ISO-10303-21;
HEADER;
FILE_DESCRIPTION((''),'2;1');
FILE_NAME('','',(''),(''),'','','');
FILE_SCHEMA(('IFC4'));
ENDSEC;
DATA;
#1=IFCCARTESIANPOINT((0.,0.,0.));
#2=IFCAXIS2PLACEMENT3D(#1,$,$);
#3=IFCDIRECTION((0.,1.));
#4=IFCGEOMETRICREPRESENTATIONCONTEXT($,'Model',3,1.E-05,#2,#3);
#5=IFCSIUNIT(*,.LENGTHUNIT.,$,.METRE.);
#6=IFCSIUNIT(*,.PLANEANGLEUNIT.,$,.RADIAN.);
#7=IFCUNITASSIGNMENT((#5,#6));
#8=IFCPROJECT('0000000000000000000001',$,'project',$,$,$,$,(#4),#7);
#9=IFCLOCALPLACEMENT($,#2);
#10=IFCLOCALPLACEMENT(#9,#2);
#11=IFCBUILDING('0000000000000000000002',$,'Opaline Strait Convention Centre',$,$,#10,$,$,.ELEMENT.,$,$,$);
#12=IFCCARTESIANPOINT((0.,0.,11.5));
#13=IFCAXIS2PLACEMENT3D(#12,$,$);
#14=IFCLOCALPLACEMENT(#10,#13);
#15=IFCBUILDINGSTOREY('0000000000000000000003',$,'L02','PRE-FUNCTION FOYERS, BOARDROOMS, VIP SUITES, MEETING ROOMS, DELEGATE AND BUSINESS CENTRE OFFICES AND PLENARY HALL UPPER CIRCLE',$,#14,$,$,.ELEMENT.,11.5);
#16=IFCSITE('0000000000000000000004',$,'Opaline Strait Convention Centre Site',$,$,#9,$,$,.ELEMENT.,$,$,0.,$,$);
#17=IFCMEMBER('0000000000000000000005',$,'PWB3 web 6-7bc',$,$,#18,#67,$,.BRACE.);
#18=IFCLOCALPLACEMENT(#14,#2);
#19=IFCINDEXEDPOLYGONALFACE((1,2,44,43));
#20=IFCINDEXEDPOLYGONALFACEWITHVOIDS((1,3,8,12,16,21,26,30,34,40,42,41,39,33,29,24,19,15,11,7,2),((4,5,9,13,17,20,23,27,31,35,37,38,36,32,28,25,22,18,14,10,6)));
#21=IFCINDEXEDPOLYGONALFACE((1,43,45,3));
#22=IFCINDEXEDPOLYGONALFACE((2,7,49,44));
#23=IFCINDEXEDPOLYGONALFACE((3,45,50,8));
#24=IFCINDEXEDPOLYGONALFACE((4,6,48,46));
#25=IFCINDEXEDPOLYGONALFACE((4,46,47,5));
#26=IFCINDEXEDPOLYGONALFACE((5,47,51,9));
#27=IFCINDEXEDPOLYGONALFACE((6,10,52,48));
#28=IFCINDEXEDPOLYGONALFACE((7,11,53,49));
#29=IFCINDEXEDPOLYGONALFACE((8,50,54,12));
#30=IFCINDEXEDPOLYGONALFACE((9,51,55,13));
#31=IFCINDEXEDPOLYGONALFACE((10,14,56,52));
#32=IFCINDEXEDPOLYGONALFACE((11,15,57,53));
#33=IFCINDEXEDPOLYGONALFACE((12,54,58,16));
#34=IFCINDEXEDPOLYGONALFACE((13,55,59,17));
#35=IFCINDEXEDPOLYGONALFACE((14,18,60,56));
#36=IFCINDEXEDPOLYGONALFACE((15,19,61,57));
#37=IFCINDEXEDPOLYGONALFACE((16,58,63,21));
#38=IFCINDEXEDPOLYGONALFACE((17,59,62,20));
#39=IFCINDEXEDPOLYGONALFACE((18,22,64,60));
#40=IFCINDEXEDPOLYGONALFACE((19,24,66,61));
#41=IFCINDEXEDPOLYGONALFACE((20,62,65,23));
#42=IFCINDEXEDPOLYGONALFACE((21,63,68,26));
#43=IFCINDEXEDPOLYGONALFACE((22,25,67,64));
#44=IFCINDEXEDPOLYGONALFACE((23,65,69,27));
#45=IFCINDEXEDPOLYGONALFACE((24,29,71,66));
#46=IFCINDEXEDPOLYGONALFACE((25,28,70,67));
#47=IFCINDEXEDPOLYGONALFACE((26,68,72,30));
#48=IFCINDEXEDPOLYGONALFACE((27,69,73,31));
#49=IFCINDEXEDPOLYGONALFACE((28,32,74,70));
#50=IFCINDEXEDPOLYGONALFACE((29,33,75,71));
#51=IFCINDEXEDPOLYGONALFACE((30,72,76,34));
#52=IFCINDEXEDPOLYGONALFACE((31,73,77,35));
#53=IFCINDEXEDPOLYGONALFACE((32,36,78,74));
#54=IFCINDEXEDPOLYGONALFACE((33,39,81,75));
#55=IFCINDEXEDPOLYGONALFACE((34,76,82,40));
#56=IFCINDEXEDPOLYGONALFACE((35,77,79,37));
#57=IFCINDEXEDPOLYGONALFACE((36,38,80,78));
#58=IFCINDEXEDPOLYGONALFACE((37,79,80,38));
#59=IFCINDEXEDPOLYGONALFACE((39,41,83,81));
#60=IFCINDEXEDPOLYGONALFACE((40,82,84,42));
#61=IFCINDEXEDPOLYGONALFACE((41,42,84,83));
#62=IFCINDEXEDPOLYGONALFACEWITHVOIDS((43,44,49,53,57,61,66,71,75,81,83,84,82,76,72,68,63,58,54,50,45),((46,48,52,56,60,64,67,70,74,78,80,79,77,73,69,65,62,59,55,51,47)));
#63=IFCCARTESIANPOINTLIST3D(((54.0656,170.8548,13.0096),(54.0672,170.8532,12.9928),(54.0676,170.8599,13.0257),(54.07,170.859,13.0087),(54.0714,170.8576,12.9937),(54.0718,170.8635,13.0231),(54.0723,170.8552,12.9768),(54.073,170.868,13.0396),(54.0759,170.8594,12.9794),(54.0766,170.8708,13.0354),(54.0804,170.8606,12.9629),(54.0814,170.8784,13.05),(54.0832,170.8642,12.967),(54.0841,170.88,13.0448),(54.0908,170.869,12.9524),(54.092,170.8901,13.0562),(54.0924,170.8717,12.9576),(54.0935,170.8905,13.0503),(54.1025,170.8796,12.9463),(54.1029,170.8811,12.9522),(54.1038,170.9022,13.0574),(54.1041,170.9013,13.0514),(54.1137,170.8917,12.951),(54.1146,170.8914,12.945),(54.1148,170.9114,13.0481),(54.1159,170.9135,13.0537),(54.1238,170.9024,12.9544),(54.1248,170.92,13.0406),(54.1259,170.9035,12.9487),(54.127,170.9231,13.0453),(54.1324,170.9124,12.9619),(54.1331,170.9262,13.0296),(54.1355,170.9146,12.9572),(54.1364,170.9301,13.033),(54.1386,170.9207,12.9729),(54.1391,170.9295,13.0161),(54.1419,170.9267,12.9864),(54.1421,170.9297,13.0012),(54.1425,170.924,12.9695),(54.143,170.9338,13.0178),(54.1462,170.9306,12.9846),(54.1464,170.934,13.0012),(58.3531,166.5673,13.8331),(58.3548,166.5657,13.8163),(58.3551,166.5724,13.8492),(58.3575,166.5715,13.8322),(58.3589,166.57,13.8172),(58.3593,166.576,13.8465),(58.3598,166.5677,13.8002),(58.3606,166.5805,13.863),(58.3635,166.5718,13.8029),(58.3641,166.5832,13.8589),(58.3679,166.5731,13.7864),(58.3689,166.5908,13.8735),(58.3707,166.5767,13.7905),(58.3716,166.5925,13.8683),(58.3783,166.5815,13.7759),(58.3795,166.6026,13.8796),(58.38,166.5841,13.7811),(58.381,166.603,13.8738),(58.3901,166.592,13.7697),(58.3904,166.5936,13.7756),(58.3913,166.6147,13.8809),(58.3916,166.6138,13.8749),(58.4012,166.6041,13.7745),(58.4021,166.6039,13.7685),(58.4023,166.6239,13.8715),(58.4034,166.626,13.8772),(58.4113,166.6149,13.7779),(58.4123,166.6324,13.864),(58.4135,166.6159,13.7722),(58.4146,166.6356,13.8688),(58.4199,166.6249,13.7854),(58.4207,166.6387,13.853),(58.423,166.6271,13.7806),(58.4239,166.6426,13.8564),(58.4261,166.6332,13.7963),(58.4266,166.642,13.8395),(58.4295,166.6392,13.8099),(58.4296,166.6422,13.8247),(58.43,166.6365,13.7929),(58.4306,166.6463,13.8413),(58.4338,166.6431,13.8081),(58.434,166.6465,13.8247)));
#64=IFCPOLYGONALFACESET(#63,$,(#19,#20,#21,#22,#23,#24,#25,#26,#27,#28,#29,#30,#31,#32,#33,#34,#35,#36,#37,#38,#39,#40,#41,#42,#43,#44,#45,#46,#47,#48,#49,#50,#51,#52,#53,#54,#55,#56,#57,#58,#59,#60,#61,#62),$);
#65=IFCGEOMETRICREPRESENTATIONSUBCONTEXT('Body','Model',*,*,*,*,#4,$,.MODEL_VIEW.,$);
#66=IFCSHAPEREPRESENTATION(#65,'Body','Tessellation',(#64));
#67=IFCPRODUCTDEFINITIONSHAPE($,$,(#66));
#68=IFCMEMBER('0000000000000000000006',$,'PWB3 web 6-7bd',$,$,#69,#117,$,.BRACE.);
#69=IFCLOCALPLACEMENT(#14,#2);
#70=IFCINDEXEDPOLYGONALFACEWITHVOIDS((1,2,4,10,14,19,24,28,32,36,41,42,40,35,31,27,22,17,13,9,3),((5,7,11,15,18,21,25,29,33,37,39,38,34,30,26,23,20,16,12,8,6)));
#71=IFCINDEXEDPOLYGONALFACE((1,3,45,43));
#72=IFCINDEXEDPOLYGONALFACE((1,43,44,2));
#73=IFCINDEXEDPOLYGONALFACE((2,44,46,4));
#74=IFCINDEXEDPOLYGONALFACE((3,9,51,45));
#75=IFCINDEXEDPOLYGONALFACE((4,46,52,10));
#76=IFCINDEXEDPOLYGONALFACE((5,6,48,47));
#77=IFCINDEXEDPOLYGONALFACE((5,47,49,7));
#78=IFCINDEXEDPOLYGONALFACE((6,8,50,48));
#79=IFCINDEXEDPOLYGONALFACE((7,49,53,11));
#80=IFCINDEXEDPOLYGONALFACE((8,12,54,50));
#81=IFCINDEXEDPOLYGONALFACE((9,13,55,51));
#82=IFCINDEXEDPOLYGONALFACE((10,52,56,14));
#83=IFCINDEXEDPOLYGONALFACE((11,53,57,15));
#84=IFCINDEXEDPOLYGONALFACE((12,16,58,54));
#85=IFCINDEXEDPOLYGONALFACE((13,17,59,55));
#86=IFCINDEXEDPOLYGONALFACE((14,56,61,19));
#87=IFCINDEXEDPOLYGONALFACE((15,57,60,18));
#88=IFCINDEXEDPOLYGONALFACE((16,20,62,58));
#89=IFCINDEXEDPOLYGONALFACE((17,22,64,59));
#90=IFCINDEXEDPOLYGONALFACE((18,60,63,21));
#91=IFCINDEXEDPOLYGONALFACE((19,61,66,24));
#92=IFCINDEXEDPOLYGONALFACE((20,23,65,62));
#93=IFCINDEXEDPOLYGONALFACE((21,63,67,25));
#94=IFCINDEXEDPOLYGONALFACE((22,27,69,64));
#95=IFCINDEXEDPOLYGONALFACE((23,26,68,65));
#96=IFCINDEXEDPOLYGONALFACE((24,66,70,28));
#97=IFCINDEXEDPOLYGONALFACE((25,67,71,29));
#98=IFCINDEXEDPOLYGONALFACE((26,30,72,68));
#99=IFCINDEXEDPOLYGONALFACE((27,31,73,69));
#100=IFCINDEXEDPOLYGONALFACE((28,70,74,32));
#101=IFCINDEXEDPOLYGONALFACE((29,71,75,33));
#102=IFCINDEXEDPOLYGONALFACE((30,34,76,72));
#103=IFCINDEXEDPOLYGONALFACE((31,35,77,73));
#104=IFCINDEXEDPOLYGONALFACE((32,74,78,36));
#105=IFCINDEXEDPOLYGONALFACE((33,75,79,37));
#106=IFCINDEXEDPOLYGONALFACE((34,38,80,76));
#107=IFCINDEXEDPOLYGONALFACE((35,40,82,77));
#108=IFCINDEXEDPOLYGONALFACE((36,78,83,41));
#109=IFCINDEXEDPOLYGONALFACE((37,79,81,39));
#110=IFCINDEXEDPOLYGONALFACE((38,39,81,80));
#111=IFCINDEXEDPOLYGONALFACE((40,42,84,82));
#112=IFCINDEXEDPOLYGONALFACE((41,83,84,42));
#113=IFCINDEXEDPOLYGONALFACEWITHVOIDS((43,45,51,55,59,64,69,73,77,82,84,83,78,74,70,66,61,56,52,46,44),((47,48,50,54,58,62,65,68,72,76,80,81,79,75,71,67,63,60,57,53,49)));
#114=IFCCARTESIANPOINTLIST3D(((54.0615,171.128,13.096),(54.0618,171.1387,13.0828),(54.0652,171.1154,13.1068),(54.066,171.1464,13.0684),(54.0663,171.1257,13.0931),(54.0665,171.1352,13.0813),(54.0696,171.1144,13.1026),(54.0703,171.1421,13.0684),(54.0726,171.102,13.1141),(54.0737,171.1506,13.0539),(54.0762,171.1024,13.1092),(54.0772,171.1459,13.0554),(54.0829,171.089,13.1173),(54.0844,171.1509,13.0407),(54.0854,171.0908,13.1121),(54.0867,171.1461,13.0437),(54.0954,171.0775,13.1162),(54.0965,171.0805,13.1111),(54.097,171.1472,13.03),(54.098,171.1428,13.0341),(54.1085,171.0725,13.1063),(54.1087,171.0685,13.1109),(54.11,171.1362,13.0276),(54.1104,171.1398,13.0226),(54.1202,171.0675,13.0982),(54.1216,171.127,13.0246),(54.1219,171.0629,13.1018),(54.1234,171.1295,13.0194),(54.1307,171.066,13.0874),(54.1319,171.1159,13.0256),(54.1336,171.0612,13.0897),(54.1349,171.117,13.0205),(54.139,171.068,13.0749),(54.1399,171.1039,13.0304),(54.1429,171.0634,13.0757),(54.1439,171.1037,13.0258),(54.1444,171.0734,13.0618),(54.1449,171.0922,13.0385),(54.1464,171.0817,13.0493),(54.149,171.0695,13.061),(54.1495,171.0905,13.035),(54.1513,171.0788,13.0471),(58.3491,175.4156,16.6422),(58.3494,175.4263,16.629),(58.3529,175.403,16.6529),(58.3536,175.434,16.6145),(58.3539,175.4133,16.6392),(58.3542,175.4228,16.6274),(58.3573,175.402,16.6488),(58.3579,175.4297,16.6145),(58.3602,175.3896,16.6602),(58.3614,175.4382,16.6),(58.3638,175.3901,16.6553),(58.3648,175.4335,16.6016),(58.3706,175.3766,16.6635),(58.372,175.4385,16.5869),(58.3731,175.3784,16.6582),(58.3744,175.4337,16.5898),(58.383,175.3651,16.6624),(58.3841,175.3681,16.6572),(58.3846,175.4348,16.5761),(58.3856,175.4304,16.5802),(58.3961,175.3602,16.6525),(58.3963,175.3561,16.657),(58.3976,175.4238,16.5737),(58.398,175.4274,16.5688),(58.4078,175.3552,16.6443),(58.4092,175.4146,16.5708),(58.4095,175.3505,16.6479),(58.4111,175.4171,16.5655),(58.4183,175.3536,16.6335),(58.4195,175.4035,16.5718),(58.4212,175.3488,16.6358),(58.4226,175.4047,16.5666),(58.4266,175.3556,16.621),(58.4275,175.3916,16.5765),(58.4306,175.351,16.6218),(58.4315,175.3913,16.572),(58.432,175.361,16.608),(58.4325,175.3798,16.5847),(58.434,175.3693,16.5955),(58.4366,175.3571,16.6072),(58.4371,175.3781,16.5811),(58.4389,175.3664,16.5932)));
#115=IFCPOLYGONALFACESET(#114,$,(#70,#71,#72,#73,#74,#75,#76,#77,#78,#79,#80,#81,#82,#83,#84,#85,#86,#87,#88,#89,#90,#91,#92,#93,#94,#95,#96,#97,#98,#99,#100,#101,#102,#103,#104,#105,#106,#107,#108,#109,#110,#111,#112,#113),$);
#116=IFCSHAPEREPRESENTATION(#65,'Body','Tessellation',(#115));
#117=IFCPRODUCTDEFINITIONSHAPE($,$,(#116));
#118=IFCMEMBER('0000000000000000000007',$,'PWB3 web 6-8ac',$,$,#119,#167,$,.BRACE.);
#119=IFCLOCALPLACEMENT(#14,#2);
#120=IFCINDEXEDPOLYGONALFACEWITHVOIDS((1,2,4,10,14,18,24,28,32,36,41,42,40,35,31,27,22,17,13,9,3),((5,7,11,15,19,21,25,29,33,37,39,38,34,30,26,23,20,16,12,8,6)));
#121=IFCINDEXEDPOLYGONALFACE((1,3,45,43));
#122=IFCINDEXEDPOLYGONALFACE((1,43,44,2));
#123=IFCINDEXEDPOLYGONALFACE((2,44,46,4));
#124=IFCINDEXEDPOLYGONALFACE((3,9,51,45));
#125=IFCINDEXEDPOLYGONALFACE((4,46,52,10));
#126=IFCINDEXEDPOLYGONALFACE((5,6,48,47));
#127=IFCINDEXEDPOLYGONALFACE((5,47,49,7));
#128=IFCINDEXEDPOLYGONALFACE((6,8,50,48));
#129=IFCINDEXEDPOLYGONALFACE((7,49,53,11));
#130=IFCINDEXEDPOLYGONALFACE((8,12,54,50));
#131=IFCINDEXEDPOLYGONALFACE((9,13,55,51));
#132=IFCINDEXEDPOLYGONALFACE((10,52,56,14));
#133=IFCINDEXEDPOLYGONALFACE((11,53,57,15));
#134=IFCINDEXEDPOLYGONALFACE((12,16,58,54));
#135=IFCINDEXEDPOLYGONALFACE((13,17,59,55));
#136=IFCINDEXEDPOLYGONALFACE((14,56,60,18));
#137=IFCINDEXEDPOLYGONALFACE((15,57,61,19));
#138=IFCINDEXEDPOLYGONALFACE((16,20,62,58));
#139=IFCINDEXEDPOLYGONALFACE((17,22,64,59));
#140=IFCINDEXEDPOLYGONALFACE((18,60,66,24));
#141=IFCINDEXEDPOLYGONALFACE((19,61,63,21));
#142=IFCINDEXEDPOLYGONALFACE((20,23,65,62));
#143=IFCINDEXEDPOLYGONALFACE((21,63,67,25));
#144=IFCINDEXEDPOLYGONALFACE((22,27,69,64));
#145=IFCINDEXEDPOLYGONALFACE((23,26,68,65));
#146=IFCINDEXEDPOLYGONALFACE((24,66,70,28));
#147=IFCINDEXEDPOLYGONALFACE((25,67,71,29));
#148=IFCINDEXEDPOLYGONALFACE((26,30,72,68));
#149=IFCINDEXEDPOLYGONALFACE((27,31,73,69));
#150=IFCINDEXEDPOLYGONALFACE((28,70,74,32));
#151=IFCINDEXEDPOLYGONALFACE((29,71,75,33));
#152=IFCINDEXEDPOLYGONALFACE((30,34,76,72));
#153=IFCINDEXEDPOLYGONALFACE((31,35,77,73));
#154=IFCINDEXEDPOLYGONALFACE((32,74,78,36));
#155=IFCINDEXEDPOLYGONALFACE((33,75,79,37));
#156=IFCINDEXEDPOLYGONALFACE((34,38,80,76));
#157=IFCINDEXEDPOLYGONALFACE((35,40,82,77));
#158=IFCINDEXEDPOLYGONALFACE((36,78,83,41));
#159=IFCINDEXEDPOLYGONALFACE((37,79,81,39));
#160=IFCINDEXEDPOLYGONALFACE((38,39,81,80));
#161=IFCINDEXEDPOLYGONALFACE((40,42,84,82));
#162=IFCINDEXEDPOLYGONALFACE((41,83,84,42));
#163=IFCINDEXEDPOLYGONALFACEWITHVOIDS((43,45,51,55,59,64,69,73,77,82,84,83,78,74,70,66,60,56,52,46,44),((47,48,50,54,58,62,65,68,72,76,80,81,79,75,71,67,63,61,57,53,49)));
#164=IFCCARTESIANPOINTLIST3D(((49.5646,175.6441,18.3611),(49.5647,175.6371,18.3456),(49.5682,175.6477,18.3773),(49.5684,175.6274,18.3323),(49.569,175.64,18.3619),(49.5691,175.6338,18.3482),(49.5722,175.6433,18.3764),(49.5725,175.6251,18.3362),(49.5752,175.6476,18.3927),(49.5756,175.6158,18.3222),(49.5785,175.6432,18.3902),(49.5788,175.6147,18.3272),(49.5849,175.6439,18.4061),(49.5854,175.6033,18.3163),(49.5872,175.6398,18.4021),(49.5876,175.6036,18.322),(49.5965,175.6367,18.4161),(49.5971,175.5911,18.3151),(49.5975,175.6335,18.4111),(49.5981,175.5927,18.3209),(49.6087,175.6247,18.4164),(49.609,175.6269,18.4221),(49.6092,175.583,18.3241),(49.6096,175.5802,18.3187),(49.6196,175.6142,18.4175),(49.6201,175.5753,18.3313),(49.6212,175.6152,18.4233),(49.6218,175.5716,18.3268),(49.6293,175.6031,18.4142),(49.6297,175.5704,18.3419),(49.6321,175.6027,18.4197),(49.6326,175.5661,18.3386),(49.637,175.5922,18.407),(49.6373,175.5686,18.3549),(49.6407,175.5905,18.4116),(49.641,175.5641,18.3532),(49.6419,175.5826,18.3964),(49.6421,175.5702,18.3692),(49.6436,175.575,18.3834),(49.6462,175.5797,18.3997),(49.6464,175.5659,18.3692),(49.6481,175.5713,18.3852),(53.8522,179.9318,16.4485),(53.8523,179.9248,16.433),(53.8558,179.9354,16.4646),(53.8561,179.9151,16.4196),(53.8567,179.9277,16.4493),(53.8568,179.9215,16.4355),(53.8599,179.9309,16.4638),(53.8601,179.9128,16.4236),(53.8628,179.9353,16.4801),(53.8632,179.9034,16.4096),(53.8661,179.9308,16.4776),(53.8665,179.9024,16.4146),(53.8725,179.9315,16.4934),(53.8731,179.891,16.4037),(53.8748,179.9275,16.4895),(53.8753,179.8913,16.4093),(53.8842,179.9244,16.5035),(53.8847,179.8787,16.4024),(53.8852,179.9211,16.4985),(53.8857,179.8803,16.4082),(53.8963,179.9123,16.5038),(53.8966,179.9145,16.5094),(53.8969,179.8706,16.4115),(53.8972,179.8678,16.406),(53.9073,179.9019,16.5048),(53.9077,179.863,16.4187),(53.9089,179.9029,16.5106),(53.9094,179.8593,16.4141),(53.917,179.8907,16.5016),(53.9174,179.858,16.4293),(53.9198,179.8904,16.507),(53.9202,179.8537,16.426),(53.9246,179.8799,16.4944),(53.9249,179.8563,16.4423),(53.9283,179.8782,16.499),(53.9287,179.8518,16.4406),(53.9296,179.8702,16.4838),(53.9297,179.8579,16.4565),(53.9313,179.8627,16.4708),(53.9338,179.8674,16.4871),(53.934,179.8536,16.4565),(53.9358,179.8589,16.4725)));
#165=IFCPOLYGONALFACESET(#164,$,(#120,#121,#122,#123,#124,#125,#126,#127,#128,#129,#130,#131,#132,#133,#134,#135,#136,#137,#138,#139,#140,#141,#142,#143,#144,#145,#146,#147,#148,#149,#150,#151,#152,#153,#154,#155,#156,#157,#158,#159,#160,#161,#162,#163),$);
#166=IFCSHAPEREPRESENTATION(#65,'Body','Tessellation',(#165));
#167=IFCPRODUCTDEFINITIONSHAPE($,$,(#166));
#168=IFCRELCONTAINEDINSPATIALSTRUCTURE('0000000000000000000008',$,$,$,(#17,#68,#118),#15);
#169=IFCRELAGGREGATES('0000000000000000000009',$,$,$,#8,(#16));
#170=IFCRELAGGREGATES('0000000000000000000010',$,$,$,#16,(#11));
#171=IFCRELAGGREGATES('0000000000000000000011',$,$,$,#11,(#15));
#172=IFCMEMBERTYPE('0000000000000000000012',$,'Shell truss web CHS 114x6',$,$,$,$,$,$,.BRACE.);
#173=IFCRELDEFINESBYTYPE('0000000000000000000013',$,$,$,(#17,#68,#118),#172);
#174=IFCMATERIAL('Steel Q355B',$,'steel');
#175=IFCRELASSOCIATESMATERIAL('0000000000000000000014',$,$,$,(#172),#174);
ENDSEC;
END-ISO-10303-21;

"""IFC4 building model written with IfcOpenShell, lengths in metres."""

from ifc_helpers import new_model, si_unit, direction, frame, origin, origin_2d, place, context, subcontext, project, spatial, hollow_circle, extrude, material, material_profile, profile_set, type_object, element, save


model = new_model("IFC4")

# Units and contexts
model_context = context("Model", 3, precision=1e-05, world=origin(), true_north=direction((0.0, 1.0)))
body_context = subcontext(model_context, "Body", "Model", "MODEL_VIEW")
ifc_project = project(units=[si_unit("LENGTHUNIT", "METRE"), si_unit("PLANEANGLEUNIT", "RADIAN")], contexts=[model_context])

# Site, building, storey
site_placement = place(None, origin())
site = spatial("IfcSite", under=ifc_project, at=site_placement, Name="Opaline Strait Convention Centre Site", CompositionType="ELEMENT", RefElevation=0.0)
building_placement = place(site_placement, origin())
building = spatial("IfcBuilding", under=site, at=building_placement, Name="Opaline Strait Convention Centre", CompositionType="ELEMENT")
storey_placement = place(building_placement, frame((0.0, 0.0, 11.5)))
storey = spatial("IfcBuildingStorey", under=building, at=storey_placement, Name="L02", Description="PRE-FUNCTION FOYERS, BOARDROOMS, VIP SUITES, MEETING ROOMS, DELEGATE AND BUSINESS CENTRE OFFICES AND PLENARY HALL UPPER CIRCLE", CompositionType="ELEMENT", Elevation=11.5)

# Members
ifc_material_1 = material(Name="Steel Q355B", Category="steel")
ifc_material_profile_1 = material_profile(ifc_material_1, hollow_circle(Radius=0.0569, WallThickness=0.0061, at=origin_2d()), Name="CHS 114x6")
ifc_profile_set_1 = profile_set([ifc_material_profile_1], Name="Steel Q355B")
member_type_1 = type_object("IfcMemberType", Name="Shell truss web CHS 114x6", PredefinedType="BRACE", material=ifc_profile_set_1)
member_1_placement = place(storey_placement, frame((54.1062, 170.8938, 13.0012), z_axis=(0.700675, -0.700675, 0.134573), x_axis=(0.707107, 0.707107, 0.0)))
element("IfcMember", 1, at=member_1_placement, inside=storey, type_object=member_type_1, Name="PWB3 web 6-7bc", PredefinedType="BRACE", context=body_context, shape_type="SweptSolid", body=[
    extrude(hollow_circle(Radius=0.0569, WallThickness=0.0061, at=origin_2d()), origin(), (0.0, 0.0, 1.0), 6.1191),
])
member_2_placement = place(storey_placement, frame((54.1062, 171.1062, 13.0684), z_axis=(0.610387, 0.610387, 0.504833), x_axis=(-0.707107, 0.707107, 0.0)))
element("IfcMember", 2, at=member_2_placement, inside=storey, type_object=member_type_1, Name="PWB3 web 6-7bd", PredefinedType="BRACE", context=body_context, shape_type="SweptSolid", body=[
    extrude(hollow_circle(Radius=0.0569, WallThickness=0.0061, at=origin_2d()), origin(), (0.0, 0.0, 1.0), 7.0244),
])
member_3_placement = place(storey_placement, frame((53.8938, 179.8938, 16.4565), z_axis=(-0.674356, -0.674356, 0.300814), x_axis=(0.707107, -0.707107, 0.0)))
element("IfcMember", 3, at=member_3_placement, inside=storey, type_object=member_type_1, Name="PWB3 web 6-8ac", PredefinedType="BRACE", context=body_context, shape_type="SweptSolid", body=[
    extrude(hollow_circle(Radius=0.0569, WallThickness=0.0061, at=origin_2d()), origin(), (0.0, 0.0, 1.0), 6.3582),
])

save(model, "model.ifc")
